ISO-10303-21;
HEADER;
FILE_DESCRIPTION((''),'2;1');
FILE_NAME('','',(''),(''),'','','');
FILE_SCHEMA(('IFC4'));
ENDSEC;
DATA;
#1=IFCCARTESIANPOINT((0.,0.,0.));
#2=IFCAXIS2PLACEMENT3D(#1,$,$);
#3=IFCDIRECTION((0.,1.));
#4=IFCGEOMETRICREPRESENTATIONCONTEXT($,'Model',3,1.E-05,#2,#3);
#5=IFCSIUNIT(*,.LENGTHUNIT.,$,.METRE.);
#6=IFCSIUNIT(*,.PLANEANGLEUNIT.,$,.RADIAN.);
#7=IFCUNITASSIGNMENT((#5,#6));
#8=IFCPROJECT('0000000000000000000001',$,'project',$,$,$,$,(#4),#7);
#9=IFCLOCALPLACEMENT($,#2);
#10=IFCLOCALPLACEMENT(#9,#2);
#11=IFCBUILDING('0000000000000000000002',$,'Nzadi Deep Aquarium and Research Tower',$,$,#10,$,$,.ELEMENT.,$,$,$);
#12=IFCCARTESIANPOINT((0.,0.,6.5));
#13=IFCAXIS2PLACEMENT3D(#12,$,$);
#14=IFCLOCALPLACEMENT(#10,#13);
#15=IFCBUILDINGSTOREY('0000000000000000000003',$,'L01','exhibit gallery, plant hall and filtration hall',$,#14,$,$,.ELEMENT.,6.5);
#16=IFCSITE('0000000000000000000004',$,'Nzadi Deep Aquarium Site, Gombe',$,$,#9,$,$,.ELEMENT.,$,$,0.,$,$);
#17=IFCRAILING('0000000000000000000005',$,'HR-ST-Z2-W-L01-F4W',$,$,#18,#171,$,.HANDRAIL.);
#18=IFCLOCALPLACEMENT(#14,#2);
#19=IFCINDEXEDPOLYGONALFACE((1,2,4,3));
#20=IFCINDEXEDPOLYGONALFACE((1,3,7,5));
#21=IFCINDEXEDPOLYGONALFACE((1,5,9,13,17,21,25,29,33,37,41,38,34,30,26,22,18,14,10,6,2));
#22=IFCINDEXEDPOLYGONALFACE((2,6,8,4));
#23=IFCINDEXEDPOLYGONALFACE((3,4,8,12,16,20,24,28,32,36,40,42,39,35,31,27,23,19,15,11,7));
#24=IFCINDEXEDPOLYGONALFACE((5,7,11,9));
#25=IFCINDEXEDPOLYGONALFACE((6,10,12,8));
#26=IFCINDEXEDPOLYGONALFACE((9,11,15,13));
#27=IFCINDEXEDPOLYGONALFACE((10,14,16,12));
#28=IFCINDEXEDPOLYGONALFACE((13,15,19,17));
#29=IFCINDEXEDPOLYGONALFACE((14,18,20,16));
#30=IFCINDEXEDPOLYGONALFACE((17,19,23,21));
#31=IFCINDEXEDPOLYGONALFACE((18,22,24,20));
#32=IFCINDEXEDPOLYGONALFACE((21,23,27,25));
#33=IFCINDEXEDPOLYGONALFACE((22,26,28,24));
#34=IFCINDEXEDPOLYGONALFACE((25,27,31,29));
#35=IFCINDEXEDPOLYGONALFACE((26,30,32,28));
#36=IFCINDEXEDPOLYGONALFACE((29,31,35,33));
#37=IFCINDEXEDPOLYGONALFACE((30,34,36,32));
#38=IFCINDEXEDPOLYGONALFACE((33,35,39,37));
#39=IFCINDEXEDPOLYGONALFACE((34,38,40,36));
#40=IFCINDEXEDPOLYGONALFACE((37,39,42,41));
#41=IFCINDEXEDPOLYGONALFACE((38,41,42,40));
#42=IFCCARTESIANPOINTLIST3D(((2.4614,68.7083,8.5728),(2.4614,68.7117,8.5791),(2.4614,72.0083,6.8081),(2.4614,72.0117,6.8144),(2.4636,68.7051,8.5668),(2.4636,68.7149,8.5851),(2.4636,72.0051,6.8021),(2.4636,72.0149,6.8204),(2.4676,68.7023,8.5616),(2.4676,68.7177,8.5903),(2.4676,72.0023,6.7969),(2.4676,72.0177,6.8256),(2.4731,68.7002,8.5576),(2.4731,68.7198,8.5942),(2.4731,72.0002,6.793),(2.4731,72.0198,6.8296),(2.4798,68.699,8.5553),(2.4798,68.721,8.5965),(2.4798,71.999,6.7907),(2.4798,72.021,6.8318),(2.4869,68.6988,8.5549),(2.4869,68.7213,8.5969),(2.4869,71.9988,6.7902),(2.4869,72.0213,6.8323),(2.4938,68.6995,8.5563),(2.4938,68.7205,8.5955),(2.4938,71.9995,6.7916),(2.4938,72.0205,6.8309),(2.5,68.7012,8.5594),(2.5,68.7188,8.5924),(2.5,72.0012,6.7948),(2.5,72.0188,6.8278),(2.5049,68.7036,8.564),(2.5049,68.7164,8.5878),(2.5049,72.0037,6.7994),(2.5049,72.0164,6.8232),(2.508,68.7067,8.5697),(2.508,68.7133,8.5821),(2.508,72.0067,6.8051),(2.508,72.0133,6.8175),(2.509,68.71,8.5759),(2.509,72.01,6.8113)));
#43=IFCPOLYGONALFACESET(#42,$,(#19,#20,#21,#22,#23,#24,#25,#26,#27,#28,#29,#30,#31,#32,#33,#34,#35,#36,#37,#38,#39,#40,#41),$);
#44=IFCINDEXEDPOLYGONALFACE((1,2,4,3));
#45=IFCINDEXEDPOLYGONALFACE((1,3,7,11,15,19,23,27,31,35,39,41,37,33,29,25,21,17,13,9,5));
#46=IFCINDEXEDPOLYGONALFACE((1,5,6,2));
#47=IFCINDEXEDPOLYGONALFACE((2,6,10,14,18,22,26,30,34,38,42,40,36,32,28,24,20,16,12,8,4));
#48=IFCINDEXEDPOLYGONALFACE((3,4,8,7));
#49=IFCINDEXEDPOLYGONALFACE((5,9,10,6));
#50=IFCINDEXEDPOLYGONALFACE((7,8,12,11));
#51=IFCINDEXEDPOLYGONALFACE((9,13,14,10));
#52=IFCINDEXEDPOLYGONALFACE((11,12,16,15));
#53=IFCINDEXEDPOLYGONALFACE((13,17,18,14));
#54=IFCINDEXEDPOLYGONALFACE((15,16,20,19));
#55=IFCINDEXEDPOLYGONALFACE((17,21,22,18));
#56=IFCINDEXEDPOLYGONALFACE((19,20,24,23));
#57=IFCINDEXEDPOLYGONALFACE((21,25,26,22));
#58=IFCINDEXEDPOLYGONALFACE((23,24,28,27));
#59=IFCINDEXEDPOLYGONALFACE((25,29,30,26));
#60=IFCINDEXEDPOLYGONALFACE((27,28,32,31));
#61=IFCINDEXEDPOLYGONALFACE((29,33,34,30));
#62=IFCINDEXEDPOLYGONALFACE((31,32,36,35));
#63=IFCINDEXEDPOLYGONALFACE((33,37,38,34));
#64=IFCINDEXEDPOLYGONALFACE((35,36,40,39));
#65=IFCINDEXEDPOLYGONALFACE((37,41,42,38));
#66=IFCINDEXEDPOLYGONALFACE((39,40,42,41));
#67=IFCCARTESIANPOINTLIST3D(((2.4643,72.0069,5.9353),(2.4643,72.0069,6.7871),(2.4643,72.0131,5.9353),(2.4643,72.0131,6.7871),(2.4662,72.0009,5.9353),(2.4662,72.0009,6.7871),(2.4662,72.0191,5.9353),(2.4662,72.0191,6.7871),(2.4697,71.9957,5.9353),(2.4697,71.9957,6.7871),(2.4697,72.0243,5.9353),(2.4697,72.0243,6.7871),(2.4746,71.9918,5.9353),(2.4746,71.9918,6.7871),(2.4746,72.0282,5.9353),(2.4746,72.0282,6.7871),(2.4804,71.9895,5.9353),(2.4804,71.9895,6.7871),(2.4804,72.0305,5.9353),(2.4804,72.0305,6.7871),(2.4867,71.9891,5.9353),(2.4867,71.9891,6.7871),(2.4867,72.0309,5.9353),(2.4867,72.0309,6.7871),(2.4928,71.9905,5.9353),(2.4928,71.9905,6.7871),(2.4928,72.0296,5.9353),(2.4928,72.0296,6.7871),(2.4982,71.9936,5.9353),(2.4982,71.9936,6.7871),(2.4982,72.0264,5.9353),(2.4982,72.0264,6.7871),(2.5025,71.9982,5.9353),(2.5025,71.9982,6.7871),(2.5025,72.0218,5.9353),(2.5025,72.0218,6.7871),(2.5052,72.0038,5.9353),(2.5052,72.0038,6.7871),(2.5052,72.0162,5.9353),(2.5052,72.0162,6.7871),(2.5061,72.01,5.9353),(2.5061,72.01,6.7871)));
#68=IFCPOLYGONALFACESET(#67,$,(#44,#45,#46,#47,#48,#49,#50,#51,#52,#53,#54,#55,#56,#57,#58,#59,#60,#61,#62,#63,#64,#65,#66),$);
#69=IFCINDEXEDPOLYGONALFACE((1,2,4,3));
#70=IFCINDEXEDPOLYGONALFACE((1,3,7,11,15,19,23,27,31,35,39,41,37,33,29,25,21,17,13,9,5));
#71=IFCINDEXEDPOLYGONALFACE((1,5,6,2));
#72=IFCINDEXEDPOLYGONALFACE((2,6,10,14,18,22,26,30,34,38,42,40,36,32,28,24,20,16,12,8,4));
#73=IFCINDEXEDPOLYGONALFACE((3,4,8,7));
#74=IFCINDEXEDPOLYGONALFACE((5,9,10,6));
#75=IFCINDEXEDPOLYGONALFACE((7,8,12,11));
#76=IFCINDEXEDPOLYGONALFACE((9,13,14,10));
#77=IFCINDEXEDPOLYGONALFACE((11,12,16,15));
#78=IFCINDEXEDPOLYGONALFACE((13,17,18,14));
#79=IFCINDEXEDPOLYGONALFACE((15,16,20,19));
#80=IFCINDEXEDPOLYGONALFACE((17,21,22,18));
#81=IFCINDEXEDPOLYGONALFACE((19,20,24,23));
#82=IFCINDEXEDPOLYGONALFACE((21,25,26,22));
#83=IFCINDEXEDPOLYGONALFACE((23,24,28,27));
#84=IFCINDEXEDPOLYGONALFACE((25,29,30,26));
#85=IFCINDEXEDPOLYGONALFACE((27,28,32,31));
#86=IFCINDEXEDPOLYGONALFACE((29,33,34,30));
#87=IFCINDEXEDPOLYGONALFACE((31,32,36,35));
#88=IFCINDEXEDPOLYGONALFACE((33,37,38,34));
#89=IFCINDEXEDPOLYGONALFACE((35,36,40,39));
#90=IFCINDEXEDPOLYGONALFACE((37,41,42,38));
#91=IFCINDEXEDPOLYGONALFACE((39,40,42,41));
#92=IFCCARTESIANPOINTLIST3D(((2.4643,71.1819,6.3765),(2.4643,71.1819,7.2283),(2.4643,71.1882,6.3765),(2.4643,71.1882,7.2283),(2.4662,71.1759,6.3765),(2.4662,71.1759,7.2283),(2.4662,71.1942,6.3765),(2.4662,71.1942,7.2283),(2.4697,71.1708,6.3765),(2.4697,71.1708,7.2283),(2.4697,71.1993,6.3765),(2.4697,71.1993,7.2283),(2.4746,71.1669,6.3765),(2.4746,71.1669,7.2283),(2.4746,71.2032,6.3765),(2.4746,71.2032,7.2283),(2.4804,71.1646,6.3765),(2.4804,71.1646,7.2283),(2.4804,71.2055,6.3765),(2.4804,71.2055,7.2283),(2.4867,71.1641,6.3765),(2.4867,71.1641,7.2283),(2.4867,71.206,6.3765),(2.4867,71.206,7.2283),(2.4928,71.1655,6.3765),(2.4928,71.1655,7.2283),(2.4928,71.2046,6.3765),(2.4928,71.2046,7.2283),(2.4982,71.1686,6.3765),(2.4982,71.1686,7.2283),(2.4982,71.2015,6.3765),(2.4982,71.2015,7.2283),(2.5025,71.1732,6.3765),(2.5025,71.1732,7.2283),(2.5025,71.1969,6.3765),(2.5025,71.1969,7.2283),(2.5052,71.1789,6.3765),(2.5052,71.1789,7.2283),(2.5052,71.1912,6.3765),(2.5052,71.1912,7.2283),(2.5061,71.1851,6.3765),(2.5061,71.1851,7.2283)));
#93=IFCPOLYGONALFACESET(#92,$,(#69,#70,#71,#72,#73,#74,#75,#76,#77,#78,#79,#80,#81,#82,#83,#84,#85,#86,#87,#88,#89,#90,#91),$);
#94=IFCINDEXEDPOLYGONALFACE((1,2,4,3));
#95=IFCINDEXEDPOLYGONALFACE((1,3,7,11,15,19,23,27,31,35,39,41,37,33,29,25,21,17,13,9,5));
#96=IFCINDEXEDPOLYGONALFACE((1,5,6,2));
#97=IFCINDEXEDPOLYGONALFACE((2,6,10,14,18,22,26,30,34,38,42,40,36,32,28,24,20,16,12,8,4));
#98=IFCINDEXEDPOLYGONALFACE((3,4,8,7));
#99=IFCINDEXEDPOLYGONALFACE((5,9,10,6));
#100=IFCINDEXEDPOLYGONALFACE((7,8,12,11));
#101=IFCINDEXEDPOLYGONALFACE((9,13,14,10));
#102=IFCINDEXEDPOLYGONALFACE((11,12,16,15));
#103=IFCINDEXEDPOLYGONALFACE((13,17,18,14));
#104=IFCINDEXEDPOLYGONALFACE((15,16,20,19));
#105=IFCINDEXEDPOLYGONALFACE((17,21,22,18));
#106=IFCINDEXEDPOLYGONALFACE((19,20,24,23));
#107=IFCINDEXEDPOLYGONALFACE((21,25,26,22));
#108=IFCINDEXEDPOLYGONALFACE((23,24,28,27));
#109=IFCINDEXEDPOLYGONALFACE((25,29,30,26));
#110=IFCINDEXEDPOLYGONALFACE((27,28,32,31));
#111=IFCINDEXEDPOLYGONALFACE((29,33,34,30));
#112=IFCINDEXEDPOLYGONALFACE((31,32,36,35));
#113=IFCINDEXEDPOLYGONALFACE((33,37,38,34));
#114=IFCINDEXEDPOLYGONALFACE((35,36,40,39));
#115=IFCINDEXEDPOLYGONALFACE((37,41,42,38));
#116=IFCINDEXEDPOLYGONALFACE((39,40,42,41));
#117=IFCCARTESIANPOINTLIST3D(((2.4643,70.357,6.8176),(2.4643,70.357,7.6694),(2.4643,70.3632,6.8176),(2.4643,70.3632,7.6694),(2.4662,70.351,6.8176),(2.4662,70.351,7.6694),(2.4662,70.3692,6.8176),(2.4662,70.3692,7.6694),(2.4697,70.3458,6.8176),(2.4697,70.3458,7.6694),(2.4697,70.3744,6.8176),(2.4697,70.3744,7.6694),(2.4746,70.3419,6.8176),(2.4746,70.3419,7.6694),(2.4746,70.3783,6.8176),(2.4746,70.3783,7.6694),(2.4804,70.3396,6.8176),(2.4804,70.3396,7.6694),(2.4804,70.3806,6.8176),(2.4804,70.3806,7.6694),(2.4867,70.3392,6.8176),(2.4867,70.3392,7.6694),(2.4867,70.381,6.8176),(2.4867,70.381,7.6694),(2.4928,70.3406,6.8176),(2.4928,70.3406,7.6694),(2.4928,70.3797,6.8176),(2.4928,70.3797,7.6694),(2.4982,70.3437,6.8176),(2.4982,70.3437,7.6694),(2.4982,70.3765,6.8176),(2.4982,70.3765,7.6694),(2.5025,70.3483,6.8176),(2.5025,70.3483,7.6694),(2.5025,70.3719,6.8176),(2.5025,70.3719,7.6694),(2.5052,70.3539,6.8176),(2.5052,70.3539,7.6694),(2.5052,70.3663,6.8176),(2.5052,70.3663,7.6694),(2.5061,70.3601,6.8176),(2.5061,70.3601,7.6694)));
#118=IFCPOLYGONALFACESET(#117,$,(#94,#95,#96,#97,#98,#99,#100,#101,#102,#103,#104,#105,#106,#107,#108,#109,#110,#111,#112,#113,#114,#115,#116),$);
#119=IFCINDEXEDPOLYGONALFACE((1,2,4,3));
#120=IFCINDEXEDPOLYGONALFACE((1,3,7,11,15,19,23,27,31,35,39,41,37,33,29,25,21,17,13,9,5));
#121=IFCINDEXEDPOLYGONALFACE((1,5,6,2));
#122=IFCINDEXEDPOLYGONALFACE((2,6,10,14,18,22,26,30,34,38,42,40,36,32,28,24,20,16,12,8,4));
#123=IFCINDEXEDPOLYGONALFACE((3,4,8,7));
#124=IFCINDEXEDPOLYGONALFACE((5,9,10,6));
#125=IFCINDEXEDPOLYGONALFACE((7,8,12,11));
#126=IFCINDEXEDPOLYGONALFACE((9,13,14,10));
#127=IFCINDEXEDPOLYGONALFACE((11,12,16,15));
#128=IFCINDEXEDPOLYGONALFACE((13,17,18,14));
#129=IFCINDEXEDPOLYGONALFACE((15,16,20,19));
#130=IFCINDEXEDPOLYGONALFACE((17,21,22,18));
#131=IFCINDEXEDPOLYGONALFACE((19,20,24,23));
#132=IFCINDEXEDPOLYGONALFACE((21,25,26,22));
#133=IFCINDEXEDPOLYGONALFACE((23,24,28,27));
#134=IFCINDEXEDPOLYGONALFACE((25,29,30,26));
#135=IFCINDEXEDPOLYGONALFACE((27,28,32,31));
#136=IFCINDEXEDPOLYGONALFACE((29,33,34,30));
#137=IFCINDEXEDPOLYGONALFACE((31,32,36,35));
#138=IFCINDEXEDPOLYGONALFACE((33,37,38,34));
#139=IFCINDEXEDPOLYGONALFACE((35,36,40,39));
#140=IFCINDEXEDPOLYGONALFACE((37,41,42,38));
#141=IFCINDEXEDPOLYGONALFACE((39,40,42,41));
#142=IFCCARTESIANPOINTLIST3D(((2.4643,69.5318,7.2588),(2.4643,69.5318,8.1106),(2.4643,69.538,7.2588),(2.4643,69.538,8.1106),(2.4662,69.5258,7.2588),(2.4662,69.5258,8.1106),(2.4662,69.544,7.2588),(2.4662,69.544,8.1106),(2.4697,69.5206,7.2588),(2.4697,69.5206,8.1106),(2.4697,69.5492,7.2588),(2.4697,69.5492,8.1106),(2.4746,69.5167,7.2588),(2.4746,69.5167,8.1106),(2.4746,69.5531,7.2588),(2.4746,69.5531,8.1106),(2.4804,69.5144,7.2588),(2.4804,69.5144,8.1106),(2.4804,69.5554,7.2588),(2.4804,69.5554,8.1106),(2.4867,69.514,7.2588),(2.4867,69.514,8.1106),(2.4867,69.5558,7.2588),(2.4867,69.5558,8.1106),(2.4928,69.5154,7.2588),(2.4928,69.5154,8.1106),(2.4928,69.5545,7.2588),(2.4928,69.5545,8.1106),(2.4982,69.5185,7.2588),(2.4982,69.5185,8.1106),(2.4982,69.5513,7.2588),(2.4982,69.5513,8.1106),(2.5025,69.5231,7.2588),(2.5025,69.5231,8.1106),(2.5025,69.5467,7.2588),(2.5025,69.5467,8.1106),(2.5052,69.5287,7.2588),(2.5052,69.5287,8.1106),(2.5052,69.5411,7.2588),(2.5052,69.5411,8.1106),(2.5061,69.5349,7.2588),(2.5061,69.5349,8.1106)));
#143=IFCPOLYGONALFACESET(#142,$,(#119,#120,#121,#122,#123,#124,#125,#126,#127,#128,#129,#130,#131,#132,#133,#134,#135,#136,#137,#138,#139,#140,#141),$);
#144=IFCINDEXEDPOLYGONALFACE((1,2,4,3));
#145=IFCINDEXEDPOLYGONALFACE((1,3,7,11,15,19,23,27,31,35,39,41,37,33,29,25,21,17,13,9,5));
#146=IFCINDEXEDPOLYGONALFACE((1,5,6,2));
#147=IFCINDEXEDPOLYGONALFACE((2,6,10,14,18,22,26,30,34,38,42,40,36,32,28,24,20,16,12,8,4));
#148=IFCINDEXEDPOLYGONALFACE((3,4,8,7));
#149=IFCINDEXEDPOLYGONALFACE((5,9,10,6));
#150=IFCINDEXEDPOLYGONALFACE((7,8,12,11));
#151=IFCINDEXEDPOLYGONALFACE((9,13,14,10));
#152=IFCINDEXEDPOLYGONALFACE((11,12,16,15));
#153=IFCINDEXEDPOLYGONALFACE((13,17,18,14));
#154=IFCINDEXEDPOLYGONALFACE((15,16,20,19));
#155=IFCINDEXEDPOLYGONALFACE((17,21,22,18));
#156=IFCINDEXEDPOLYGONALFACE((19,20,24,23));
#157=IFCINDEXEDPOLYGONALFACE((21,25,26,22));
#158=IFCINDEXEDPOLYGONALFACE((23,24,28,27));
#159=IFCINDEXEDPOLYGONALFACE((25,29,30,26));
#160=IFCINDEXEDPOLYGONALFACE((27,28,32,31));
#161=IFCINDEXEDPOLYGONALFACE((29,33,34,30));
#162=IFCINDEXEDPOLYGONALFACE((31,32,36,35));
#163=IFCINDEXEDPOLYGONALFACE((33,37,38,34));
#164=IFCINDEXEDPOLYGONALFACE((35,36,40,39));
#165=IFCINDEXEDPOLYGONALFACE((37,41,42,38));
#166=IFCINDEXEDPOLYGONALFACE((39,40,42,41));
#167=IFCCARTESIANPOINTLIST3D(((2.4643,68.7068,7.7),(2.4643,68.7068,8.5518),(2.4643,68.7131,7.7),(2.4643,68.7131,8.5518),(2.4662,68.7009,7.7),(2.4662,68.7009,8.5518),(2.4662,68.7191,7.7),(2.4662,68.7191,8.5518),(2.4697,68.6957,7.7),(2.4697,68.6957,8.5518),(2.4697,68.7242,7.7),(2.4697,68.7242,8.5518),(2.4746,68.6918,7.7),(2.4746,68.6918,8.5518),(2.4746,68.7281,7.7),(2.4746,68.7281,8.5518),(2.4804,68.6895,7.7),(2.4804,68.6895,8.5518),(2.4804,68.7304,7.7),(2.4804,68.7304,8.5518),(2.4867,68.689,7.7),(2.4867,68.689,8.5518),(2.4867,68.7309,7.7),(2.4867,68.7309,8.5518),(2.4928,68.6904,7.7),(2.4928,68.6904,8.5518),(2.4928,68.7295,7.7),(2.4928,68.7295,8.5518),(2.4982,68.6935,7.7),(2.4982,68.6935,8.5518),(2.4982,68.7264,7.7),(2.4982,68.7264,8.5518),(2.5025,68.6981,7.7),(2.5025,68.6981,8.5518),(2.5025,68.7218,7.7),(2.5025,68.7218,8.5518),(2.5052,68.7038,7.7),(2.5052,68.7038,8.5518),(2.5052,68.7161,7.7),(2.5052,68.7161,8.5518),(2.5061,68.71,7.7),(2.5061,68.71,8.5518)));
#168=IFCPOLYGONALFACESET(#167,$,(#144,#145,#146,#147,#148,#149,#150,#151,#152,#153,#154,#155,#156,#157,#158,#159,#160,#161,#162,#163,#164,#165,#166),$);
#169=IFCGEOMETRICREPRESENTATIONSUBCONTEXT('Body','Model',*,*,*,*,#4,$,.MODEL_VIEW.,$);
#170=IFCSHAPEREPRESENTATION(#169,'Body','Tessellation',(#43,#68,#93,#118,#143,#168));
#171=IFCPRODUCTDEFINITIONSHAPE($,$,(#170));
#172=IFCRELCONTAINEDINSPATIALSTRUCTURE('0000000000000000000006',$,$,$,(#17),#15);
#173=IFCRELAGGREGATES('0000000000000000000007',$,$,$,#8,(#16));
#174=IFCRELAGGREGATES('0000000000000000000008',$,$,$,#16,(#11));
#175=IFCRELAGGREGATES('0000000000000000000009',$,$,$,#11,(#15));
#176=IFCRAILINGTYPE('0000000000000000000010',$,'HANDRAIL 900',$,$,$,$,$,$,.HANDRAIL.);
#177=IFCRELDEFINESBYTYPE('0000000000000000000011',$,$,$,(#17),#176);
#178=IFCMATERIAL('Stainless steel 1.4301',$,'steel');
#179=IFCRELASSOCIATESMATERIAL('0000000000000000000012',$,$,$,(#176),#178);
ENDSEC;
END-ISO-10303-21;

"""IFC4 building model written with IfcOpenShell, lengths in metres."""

from ifc_helpers import new_model, si_unit, direction, frame, origin, origin_2d, place, context, subcontext, project, spatial, circle, extrude, material, type_object, element, save


model = new_model("IFC4")

# Units and contexts
model_context = context("Model", 3, precision=1e-05, world=origin(), true_north=direction((0.0, 1.0)))
body_context = subcontext(model_context, "Body", "Model", "MODEL_VIEW")
ifc_project = project(units=[si_unit("LENGTHUNIT", "METRE"), si_unit("PLANEANGLEUNIT", "RADIAN")], contexts=[model_context])

# Site, building, storey
site_placement = place(None, origin())
site = spatial("IfcSite", under=ifc_project, at=site_placement, Name="Nzadi Deep Aquarium Site, Gombe", CompositionType="ELEMENT", RefElevation=0.0)
building_placement = place(site_placement, origin())
building = spatial("IfcBuilding", under=site, at=building_placement, Name="Nzadi Deep Aquarium and Research Tower", CompositionType="ELEMENT")
storey_placement = place(building_placement, frame((0.0, 0.0, 6.5)))
storey = spatial("IfcBuildingStorey", under=building, at=storey_placement, Name="L01", Description="exhibit gallery, plant hall and filtration hall", CompositionType="ELEMENT", Elevation=6.5)

# Railing
ifc_material_1 = material(Name="Stainless steel 1.4301", Category="steel")
railing_type = type_object("IfcRailingType", Name="HANDRAIL 900", PredefinedType="HANDRAIL", material=ifc_material_1)
for number, where, name in (
    (1, (2.4851, 72.01, 5.9353), "HR-ST-Z2-W-L01-F4W"),
):
    element("IfcRailing", number, at=place(storey_placement, frame(where)), inside=storey, type_object=railing_type, Name=name, PredefinedType="HANDRAIL", context=body_context, shape_type="SweptSolid", body=[
        extrude(circle(Radius=0.0239, at=origin_2d()), frame((0.0, 0.0, 0.876), z_axis=(0.0, -0.88184, 0.47155), x_axis=(1.0, 0.0, 0.0)), (0.0, 0.0, 1.0), 3.7422),
        extrude(circle(Radius=0.021, at=origin_2d()), origin(), (0.0, 0.0, 1.0), 0.8518),
        extrude(circle(Radius=0.021, at=origin_2d()), frame((0.0, -0.825, 0.4412)), (0.0, 0.0, 1.0), 0.8518),
        extrude(circle(Radius=0.021, at=origin_2d()), frame((0.0, -1.6499, 0.8823)), (0.0, 0.0, 1.0), 0.8518),
        extrude(circle(Radius=0.021, at=origin_2d()), frame((0.0, -2.4751, 1.3235)), (0.0, 0.0, 1.0), 0.8518),
        extrude(circle(Radius=0.021, at=origin_2d()), frame((0.0, -3.3, 1.7646)), (0.0, 0.0, 1.0), 0.8518),
    ])

save(model, "model.ifc")
